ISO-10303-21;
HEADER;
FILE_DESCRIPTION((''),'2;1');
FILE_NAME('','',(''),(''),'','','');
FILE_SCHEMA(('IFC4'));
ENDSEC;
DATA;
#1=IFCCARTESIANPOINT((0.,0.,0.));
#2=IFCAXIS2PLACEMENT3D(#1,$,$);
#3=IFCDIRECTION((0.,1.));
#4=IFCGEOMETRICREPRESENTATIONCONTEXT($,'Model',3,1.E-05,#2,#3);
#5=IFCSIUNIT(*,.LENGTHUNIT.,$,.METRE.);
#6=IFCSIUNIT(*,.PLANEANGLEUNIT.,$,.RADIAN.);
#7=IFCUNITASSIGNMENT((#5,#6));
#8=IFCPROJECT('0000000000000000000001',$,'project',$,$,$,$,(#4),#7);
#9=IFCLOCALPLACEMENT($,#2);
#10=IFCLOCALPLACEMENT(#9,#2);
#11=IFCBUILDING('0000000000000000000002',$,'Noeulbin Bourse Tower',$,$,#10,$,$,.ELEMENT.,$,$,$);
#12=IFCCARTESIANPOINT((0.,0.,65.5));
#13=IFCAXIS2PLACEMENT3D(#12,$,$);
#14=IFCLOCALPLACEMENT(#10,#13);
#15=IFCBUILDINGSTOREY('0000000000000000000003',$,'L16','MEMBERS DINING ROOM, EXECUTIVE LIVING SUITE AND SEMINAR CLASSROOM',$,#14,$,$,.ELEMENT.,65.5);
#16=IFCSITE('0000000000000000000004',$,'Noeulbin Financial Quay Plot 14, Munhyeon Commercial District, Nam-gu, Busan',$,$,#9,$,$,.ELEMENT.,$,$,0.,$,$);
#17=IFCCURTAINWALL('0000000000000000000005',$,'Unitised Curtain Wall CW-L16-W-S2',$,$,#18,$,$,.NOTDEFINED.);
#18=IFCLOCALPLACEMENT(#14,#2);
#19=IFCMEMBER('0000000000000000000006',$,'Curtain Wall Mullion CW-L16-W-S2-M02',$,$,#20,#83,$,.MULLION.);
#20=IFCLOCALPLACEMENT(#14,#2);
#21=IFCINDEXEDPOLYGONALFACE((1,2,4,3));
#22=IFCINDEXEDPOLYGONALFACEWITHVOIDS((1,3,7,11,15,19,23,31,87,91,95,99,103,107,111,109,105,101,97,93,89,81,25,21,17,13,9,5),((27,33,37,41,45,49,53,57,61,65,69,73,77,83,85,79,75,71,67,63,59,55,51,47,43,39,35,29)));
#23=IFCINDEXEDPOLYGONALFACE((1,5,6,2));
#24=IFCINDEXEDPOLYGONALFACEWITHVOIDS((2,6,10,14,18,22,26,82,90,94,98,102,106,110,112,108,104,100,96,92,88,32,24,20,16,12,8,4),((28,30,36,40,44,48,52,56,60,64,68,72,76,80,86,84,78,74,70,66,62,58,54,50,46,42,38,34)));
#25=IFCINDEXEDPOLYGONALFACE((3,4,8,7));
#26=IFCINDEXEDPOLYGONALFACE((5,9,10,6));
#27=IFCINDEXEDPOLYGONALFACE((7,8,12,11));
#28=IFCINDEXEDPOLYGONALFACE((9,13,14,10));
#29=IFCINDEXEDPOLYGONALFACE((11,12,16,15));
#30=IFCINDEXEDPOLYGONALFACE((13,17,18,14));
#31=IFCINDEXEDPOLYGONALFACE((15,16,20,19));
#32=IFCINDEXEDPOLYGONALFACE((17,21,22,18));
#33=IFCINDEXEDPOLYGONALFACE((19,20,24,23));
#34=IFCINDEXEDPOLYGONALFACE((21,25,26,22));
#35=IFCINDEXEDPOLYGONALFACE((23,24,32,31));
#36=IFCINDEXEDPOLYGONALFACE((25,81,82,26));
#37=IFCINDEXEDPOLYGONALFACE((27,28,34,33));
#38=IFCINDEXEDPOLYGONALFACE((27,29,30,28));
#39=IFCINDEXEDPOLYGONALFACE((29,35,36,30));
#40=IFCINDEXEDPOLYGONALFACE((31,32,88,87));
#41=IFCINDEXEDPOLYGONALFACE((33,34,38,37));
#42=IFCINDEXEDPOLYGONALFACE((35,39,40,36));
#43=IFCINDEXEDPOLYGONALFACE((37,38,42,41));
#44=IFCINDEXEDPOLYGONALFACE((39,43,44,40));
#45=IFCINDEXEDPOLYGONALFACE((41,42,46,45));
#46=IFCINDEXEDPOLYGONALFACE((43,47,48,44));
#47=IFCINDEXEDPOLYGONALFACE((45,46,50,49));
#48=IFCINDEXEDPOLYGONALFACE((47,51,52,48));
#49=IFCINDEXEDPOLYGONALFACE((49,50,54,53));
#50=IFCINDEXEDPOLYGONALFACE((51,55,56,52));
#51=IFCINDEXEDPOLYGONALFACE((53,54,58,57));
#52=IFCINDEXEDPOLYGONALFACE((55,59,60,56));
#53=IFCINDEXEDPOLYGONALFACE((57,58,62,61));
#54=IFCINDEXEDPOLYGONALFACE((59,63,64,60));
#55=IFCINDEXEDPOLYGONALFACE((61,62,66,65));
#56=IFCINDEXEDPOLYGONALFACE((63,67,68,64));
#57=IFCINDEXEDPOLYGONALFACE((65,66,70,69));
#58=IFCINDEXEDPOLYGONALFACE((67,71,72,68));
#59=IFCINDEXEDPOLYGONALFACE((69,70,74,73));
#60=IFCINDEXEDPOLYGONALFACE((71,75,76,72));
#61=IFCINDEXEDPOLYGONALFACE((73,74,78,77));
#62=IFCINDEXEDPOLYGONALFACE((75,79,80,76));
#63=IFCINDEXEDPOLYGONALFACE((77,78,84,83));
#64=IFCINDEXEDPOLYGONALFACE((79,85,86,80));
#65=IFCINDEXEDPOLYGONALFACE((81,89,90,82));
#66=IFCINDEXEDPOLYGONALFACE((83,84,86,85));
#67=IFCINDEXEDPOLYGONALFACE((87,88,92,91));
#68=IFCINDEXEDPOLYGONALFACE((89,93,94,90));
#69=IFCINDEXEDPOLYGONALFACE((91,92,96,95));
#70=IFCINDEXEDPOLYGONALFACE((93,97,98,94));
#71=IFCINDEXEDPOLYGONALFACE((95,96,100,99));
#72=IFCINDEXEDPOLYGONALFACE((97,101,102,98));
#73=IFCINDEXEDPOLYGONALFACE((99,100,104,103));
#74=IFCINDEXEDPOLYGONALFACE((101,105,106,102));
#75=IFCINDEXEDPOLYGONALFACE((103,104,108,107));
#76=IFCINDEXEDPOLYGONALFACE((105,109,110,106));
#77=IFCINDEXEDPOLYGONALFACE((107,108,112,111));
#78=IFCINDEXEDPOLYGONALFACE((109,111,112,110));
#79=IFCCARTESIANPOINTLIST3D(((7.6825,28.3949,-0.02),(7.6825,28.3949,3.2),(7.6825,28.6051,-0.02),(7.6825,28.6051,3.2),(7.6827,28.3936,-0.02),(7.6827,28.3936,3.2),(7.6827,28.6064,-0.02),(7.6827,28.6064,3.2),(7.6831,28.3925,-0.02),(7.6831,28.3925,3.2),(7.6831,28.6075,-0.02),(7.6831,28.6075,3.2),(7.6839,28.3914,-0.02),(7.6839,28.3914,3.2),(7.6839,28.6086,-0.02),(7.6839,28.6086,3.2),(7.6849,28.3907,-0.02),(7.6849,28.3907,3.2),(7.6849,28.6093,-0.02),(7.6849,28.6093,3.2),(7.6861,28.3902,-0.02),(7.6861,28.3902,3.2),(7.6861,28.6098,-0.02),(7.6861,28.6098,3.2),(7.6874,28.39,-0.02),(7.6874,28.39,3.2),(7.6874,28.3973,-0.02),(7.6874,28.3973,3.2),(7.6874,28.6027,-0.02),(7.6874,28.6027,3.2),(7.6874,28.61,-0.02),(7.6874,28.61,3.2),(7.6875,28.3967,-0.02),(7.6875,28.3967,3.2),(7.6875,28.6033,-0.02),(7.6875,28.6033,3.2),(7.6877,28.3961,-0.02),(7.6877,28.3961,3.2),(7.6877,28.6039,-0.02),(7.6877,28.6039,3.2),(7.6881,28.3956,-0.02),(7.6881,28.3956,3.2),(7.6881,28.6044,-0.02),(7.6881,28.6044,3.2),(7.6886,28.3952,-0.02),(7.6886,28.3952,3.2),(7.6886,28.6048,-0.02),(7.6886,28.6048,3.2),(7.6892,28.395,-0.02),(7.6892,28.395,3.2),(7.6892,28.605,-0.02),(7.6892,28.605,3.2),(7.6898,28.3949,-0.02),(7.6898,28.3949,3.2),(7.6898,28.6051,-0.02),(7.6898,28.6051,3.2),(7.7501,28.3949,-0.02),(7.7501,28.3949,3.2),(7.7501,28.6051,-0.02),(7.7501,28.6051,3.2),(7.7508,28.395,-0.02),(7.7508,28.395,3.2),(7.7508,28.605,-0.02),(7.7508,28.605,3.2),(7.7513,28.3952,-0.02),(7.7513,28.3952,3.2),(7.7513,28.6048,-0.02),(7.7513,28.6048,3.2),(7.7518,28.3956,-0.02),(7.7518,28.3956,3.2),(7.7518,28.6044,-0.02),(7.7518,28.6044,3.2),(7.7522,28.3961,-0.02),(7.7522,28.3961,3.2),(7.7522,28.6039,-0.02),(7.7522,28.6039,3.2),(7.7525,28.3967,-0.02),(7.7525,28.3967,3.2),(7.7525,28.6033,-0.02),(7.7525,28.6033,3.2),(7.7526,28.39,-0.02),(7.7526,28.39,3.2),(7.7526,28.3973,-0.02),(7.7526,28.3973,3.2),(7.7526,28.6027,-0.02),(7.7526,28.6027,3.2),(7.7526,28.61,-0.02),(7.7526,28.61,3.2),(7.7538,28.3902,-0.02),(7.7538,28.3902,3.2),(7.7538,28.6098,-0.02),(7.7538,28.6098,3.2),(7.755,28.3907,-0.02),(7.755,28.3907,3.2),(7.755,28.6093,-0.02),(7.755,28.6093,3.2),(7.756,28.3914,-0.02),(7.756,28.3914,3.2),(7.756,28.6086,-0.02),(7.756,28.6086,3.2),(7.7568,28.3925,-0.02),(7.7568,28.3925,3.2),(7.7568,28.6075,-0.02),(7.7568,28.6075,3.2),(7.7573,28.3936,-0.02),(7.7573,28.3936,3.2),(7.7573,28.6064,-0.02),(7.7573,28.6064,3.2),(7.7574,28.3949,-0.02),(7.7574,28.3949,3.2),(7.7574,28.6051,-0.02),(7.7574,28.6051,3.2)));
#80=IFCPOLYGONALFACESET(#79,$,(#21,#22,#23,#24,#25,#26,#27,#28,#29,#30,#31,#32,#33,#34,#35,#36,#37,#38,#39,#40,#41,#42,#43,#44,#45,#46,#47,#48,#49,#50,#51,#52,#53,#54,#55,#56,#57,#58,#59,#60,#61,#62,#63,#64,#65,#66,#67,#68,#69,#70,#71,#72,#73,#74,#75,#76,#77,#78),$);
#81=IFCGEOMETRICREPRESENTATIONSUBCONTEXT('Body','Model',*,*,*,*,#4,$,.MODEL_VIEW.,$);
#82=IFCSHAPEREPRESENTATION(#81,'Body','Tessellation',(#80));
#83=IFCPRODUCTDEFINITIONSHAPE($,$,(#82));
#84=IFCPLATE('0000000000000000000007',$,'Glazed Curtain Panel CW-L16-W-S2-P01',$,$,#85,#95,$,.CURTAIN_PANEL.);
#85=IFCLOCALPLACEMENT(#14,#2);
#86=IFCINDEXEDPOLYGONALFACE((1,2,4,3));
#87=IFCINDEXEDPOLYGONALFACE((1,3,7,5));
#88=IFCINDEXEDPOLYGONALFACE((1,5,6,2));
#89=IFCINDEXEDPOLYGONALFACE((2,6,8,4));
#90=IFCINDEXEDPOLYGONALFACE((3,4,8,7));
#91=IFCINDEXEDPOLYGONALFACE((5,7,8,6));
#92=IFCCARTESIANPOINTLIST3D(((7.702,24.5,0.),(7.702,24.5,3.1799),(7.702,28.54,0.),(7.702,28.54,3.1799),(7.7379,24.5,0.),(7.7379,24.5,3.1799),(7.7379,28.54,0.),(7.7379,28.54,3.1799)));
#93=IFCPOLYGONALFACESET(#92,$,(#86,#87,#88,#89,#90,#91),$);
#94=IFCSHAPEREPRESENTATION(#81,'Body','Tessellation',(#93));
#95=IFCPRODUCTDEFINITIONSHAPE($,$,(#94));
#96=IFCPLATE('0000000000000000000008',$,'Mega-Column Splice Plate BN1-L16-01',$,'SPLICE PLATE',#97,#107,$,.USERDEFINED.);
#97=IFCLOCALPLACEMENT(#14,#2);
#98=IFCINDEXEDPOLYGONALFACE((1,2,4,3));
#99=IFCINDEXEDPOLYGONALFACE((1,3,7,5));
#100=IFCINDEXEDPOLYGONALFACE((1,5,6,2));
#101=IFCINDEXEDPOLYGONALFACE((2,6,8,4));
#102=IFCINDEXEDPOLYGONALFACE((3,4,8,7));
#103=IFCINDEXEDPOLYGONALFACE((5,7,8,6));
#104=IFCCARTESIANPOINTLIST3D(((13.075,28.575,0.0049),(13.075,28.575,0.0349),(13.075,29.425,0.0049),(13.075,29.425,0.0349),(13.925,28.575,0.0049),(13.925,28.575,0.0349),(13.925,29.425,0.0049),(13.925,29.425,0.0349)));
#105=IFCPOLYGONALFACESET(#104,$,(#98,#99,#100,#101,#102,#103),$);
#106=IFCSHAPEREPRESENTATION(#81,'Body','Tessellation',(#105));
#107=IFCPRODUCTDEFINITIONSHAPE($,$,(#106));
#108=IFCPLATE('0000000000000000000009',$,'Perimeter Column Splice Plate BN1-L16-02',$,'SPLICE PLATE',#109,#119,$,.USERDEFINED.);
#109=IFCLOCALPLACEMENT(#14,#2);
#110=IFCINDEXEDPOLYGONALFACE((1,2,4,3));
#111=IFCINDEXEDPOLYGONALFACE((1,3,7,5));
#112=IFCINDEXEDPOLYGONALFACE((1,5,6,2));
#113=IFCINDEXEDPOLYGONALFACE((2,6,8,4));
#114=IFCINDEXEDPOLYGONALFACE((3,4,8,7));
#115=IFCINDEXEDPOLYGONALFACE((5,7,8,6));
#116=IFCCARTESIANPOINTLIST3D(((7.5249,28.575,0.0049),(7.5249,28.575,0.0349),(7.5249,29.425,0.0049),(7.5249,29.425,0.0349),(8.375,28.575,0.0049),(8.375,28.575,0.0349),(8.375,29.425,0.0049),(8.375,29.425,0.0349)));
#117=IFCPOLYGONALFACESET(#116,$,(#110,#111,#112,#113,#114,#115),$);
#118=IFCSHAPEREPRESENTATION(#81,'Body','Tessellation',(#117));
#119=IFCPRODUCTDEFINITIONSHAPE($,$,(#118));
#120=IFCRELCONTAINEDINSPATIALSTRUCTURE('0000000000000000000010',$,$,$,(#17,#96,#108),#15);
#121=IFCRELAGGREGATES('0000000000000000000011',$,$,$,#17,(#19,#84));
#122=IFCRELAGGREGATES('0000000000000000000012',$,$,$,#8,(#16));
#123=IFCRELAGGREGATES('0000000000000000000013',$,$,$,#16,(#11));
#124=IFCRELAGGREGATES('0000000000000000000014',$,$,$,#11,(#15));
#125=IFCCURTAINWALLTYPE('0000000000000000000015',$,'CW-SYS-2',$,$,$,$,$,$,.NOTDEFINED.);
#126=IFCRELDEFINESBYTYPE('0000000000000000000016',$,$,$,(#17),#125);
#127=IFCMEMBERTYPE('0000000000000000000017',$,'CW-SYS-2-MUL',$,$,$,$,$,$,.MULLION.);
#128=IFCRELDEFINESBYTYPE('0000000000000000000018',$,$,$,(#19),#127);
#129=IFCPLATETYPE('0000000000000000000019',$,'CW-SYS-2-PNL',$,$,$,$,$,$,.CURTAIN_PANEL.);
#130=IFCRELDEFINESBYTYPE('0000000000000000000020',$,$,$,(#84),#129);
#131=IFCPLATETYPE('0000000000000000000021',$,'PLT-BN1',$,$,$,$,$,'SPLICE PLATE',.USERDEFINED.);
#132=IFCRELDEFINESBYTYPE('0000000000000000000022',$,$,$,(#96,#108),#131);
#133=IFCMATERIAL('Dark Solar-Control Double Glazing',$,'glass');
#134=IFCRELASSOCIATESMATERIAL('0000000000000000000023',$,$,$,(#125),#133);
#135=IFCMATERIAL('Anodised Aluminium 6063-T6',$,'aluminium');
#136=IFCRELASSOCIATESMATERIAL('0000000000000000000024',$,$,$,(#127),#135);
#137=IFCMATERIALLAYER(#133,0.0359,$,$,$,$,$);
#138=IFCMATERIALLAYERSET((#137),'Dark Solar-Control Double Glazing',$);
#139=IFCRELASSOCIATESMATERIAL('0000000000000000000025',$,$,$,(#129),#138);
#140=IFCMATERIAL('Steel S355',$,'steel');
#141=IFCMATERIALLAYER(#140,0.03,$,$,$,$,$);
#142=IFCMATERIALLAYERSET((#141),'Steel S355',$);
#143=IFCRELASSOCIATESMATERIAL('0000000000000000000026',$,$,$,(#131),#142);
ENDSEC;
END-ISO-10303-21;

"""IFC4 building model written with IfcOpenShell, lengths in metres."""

from ifc_helpers import new_model, si_unit, direction, frame, origin, origin_2d, place, context, subcontext, project, spatial, rectangle, hollow_rectangle, extrude, material, layer, layer_set, material_profile, profile_set, type_object, element, aggregate, save


model = new_model("IFC4")

# Units and contexts
model_context = context("Model", 3, precision=1e-05, world=origin(), true_north=direction((0.0, 1.0)))
body_context = subcontext(model_context, "Body", "Model", "MODEL_VIEW")
ifc_project = project(units=[si_unit("LENGTHUNIT", "METRE"), si_unit("PLANEANGLEUNIT", "RADIAN")], contexts=[model_context])

# Site, building, storey
site_placement = place(None, origin())
site = spatial("IfcSite", under=ifc_project, at=site_placement, Name="Noeulbin Financial Quay Plot 14, Munhyeon Commercial District, Nam-gu, Busan", CompositionType="ELEMENT", RefElevation=0.0)
building_placement = place(site_placement, origin())
building = spatial("IfcBuilding", under=site, at=building_placement, Name="Noeulbin Bourse Tower", CompositionType="ELEMENT")
storey_placement = place(building_placement, frame((0.0, 0.0, 65.5)))
storey = spatial("IfcBuildingStorey", under=building, at=storey_placement, Name="L16", Description="MEMBERS DINING ROOM, EXECUTIVE LIVING SUITE AND SEMINAR CLASSROOM", CompositionType="ELEMENT", Elevation=65.5)

# Shared definitions
ifc_material_1 = material(Name="Steel S355", Category="steel")

# Curtain wall, member, plate
ifc_material_2 = material(Name="Dark Solar-Control Double Glazing", Category="glass")
curtain_wall_type = type_object("IfcCurtainWallType", Name="CW-SYS-2", PredefinedType="NOTDEFINED", material=ifc_material_2)
curtain_wall_placement = place(storey_placement, origin())
curtain_wall = element("IfcCurtainWall", 1, at=curtain_wall_placement, inside=storey, type_object=curtain_wall_type, Name="Unitised Curtain Wall CW-L16-W-S2", PredefinedType="NOTDEFINED")
ifc_material_3 = material(Name="Anodised Aluminium 6063-T6", Category="aluminium")
ifc_material_profile_1 = material_profile(ifc_material_3, hollow_rectangle(XDim=0.075, YDim=0.22, WallThickness=0.0049, InnerFilletRadius=0.0024, OuterFilletRadius=0.0049, at=origin_2d()), Name="ALU-MULL-75x220x5", Category="LoadBearing")
ifc_profile_set_1 = profile_set([ifc_material_profile_1], Name="Anodised Aluminium 6063-T6")
member_type = type_object("IfcMemberType", Name="CW-SYS-2-MUL", PredefinedType="MULLION", material=ifc_profile_set_1)
member_placement = place(storey_placement, frame((7.72, 28.5, -0.02), z_axis=(0.0, 0.0, 1.0), x_axis=(1.0, 0.0, 0.0)))
member = element("IfcMember", 2, at=member_placement, type_object=member_type, Name="Curtain Wall Mullion CW-L16-W-S2-M02", PredefinedType="MULLION", context=body_context, shape_type="SweptSolid", body=[
    extrude(hollow_rectangle(XDim=0.075, YDim=0.22, WallThickness=0.0049, InnerFilletRadius=0.0024, OuterFilletRadius=0.0049, at=origin_2d()), origin(), (0.0, 0.0, 1.0), 3.22),
])
ifc_layer_1 = layer(ifc_material_2, 0.0359)
ifc_layer_set_1 = layer_set([ifc_layer_1], Name="Dark Solar-Control Double Glazing")
plate_type_1 = type_object("IfcPlateType", Name="CW-SYS-2-PNL", PredefinedType="CURTAIN_PANEL", material=ifc_layer_set_1)
plate_placement = place(storey_placement, frame((7.72, 26.52, 0.0), z_axis=(0.0, 0.0, 1.0), x_axis=(0.0, 1.0, 0.0)))
plate = element("IfcPlate", 3, at=plate_placement, type_object=plate_type_1, Name="Glazed Curtain Panel CW-L16-W-S2-P01", PredefinedType="CURTAIN_PANEL", context=body_context, shape_type="SweptSolid", body=[
    extrude(rectangle(XDim=4.04, YDim=0.0359, at=origin_2d()), origin(), (0.0, 0.0, 1.0), 3.1799),
])
aggregate(curtain_wall, [member, plate])

# Plates
ifc_layer_2 = layer(ifc_material_1, 0.03)
ifc_layer_set_2 = layer_set([ifc_layer_2], Name="Steel S355")
plate_type_2 = type_object("IfcPlateType", Name="PLT-BN1", ElementType="SPLICE PLATE", PredefinedType="USERDEFINED", material=ifc_layer_set_2)
for number, where, z_axis, x_axis, name in (
    (4, (13.5, 29.0, 0.0049), (0.0, 0.0, 1.0), (1.0, 0.0, 0.0), "Mega-Column Splice Plate BN1-L16-01"),
    (5, (7.95, 29.0, 0.0049), (0.0, 0.0, 1.0), (1.0, 0.0, 0.0), "Perimeter Column Splice Plate BN1-L16-02"),
):
    element("IfcPlate", number, at=place(storey_placement, frame(where, z_axis=z_axis, x_axis=x_axis)), inside=storey, type_object=plate_type_2, Name=name, ObjectType="SPLICE PLATE", PredefinedType="USERDEFINED", context=body_context, shape_type="SweptSolid", body=[
        extrude(rectangle(XDim=0.8501, YDim=0.8501, at=origin_2d()), origin(), (0.0, 0.0, 1.0), 0.03),
    ])

save(model, "model.ifc")
